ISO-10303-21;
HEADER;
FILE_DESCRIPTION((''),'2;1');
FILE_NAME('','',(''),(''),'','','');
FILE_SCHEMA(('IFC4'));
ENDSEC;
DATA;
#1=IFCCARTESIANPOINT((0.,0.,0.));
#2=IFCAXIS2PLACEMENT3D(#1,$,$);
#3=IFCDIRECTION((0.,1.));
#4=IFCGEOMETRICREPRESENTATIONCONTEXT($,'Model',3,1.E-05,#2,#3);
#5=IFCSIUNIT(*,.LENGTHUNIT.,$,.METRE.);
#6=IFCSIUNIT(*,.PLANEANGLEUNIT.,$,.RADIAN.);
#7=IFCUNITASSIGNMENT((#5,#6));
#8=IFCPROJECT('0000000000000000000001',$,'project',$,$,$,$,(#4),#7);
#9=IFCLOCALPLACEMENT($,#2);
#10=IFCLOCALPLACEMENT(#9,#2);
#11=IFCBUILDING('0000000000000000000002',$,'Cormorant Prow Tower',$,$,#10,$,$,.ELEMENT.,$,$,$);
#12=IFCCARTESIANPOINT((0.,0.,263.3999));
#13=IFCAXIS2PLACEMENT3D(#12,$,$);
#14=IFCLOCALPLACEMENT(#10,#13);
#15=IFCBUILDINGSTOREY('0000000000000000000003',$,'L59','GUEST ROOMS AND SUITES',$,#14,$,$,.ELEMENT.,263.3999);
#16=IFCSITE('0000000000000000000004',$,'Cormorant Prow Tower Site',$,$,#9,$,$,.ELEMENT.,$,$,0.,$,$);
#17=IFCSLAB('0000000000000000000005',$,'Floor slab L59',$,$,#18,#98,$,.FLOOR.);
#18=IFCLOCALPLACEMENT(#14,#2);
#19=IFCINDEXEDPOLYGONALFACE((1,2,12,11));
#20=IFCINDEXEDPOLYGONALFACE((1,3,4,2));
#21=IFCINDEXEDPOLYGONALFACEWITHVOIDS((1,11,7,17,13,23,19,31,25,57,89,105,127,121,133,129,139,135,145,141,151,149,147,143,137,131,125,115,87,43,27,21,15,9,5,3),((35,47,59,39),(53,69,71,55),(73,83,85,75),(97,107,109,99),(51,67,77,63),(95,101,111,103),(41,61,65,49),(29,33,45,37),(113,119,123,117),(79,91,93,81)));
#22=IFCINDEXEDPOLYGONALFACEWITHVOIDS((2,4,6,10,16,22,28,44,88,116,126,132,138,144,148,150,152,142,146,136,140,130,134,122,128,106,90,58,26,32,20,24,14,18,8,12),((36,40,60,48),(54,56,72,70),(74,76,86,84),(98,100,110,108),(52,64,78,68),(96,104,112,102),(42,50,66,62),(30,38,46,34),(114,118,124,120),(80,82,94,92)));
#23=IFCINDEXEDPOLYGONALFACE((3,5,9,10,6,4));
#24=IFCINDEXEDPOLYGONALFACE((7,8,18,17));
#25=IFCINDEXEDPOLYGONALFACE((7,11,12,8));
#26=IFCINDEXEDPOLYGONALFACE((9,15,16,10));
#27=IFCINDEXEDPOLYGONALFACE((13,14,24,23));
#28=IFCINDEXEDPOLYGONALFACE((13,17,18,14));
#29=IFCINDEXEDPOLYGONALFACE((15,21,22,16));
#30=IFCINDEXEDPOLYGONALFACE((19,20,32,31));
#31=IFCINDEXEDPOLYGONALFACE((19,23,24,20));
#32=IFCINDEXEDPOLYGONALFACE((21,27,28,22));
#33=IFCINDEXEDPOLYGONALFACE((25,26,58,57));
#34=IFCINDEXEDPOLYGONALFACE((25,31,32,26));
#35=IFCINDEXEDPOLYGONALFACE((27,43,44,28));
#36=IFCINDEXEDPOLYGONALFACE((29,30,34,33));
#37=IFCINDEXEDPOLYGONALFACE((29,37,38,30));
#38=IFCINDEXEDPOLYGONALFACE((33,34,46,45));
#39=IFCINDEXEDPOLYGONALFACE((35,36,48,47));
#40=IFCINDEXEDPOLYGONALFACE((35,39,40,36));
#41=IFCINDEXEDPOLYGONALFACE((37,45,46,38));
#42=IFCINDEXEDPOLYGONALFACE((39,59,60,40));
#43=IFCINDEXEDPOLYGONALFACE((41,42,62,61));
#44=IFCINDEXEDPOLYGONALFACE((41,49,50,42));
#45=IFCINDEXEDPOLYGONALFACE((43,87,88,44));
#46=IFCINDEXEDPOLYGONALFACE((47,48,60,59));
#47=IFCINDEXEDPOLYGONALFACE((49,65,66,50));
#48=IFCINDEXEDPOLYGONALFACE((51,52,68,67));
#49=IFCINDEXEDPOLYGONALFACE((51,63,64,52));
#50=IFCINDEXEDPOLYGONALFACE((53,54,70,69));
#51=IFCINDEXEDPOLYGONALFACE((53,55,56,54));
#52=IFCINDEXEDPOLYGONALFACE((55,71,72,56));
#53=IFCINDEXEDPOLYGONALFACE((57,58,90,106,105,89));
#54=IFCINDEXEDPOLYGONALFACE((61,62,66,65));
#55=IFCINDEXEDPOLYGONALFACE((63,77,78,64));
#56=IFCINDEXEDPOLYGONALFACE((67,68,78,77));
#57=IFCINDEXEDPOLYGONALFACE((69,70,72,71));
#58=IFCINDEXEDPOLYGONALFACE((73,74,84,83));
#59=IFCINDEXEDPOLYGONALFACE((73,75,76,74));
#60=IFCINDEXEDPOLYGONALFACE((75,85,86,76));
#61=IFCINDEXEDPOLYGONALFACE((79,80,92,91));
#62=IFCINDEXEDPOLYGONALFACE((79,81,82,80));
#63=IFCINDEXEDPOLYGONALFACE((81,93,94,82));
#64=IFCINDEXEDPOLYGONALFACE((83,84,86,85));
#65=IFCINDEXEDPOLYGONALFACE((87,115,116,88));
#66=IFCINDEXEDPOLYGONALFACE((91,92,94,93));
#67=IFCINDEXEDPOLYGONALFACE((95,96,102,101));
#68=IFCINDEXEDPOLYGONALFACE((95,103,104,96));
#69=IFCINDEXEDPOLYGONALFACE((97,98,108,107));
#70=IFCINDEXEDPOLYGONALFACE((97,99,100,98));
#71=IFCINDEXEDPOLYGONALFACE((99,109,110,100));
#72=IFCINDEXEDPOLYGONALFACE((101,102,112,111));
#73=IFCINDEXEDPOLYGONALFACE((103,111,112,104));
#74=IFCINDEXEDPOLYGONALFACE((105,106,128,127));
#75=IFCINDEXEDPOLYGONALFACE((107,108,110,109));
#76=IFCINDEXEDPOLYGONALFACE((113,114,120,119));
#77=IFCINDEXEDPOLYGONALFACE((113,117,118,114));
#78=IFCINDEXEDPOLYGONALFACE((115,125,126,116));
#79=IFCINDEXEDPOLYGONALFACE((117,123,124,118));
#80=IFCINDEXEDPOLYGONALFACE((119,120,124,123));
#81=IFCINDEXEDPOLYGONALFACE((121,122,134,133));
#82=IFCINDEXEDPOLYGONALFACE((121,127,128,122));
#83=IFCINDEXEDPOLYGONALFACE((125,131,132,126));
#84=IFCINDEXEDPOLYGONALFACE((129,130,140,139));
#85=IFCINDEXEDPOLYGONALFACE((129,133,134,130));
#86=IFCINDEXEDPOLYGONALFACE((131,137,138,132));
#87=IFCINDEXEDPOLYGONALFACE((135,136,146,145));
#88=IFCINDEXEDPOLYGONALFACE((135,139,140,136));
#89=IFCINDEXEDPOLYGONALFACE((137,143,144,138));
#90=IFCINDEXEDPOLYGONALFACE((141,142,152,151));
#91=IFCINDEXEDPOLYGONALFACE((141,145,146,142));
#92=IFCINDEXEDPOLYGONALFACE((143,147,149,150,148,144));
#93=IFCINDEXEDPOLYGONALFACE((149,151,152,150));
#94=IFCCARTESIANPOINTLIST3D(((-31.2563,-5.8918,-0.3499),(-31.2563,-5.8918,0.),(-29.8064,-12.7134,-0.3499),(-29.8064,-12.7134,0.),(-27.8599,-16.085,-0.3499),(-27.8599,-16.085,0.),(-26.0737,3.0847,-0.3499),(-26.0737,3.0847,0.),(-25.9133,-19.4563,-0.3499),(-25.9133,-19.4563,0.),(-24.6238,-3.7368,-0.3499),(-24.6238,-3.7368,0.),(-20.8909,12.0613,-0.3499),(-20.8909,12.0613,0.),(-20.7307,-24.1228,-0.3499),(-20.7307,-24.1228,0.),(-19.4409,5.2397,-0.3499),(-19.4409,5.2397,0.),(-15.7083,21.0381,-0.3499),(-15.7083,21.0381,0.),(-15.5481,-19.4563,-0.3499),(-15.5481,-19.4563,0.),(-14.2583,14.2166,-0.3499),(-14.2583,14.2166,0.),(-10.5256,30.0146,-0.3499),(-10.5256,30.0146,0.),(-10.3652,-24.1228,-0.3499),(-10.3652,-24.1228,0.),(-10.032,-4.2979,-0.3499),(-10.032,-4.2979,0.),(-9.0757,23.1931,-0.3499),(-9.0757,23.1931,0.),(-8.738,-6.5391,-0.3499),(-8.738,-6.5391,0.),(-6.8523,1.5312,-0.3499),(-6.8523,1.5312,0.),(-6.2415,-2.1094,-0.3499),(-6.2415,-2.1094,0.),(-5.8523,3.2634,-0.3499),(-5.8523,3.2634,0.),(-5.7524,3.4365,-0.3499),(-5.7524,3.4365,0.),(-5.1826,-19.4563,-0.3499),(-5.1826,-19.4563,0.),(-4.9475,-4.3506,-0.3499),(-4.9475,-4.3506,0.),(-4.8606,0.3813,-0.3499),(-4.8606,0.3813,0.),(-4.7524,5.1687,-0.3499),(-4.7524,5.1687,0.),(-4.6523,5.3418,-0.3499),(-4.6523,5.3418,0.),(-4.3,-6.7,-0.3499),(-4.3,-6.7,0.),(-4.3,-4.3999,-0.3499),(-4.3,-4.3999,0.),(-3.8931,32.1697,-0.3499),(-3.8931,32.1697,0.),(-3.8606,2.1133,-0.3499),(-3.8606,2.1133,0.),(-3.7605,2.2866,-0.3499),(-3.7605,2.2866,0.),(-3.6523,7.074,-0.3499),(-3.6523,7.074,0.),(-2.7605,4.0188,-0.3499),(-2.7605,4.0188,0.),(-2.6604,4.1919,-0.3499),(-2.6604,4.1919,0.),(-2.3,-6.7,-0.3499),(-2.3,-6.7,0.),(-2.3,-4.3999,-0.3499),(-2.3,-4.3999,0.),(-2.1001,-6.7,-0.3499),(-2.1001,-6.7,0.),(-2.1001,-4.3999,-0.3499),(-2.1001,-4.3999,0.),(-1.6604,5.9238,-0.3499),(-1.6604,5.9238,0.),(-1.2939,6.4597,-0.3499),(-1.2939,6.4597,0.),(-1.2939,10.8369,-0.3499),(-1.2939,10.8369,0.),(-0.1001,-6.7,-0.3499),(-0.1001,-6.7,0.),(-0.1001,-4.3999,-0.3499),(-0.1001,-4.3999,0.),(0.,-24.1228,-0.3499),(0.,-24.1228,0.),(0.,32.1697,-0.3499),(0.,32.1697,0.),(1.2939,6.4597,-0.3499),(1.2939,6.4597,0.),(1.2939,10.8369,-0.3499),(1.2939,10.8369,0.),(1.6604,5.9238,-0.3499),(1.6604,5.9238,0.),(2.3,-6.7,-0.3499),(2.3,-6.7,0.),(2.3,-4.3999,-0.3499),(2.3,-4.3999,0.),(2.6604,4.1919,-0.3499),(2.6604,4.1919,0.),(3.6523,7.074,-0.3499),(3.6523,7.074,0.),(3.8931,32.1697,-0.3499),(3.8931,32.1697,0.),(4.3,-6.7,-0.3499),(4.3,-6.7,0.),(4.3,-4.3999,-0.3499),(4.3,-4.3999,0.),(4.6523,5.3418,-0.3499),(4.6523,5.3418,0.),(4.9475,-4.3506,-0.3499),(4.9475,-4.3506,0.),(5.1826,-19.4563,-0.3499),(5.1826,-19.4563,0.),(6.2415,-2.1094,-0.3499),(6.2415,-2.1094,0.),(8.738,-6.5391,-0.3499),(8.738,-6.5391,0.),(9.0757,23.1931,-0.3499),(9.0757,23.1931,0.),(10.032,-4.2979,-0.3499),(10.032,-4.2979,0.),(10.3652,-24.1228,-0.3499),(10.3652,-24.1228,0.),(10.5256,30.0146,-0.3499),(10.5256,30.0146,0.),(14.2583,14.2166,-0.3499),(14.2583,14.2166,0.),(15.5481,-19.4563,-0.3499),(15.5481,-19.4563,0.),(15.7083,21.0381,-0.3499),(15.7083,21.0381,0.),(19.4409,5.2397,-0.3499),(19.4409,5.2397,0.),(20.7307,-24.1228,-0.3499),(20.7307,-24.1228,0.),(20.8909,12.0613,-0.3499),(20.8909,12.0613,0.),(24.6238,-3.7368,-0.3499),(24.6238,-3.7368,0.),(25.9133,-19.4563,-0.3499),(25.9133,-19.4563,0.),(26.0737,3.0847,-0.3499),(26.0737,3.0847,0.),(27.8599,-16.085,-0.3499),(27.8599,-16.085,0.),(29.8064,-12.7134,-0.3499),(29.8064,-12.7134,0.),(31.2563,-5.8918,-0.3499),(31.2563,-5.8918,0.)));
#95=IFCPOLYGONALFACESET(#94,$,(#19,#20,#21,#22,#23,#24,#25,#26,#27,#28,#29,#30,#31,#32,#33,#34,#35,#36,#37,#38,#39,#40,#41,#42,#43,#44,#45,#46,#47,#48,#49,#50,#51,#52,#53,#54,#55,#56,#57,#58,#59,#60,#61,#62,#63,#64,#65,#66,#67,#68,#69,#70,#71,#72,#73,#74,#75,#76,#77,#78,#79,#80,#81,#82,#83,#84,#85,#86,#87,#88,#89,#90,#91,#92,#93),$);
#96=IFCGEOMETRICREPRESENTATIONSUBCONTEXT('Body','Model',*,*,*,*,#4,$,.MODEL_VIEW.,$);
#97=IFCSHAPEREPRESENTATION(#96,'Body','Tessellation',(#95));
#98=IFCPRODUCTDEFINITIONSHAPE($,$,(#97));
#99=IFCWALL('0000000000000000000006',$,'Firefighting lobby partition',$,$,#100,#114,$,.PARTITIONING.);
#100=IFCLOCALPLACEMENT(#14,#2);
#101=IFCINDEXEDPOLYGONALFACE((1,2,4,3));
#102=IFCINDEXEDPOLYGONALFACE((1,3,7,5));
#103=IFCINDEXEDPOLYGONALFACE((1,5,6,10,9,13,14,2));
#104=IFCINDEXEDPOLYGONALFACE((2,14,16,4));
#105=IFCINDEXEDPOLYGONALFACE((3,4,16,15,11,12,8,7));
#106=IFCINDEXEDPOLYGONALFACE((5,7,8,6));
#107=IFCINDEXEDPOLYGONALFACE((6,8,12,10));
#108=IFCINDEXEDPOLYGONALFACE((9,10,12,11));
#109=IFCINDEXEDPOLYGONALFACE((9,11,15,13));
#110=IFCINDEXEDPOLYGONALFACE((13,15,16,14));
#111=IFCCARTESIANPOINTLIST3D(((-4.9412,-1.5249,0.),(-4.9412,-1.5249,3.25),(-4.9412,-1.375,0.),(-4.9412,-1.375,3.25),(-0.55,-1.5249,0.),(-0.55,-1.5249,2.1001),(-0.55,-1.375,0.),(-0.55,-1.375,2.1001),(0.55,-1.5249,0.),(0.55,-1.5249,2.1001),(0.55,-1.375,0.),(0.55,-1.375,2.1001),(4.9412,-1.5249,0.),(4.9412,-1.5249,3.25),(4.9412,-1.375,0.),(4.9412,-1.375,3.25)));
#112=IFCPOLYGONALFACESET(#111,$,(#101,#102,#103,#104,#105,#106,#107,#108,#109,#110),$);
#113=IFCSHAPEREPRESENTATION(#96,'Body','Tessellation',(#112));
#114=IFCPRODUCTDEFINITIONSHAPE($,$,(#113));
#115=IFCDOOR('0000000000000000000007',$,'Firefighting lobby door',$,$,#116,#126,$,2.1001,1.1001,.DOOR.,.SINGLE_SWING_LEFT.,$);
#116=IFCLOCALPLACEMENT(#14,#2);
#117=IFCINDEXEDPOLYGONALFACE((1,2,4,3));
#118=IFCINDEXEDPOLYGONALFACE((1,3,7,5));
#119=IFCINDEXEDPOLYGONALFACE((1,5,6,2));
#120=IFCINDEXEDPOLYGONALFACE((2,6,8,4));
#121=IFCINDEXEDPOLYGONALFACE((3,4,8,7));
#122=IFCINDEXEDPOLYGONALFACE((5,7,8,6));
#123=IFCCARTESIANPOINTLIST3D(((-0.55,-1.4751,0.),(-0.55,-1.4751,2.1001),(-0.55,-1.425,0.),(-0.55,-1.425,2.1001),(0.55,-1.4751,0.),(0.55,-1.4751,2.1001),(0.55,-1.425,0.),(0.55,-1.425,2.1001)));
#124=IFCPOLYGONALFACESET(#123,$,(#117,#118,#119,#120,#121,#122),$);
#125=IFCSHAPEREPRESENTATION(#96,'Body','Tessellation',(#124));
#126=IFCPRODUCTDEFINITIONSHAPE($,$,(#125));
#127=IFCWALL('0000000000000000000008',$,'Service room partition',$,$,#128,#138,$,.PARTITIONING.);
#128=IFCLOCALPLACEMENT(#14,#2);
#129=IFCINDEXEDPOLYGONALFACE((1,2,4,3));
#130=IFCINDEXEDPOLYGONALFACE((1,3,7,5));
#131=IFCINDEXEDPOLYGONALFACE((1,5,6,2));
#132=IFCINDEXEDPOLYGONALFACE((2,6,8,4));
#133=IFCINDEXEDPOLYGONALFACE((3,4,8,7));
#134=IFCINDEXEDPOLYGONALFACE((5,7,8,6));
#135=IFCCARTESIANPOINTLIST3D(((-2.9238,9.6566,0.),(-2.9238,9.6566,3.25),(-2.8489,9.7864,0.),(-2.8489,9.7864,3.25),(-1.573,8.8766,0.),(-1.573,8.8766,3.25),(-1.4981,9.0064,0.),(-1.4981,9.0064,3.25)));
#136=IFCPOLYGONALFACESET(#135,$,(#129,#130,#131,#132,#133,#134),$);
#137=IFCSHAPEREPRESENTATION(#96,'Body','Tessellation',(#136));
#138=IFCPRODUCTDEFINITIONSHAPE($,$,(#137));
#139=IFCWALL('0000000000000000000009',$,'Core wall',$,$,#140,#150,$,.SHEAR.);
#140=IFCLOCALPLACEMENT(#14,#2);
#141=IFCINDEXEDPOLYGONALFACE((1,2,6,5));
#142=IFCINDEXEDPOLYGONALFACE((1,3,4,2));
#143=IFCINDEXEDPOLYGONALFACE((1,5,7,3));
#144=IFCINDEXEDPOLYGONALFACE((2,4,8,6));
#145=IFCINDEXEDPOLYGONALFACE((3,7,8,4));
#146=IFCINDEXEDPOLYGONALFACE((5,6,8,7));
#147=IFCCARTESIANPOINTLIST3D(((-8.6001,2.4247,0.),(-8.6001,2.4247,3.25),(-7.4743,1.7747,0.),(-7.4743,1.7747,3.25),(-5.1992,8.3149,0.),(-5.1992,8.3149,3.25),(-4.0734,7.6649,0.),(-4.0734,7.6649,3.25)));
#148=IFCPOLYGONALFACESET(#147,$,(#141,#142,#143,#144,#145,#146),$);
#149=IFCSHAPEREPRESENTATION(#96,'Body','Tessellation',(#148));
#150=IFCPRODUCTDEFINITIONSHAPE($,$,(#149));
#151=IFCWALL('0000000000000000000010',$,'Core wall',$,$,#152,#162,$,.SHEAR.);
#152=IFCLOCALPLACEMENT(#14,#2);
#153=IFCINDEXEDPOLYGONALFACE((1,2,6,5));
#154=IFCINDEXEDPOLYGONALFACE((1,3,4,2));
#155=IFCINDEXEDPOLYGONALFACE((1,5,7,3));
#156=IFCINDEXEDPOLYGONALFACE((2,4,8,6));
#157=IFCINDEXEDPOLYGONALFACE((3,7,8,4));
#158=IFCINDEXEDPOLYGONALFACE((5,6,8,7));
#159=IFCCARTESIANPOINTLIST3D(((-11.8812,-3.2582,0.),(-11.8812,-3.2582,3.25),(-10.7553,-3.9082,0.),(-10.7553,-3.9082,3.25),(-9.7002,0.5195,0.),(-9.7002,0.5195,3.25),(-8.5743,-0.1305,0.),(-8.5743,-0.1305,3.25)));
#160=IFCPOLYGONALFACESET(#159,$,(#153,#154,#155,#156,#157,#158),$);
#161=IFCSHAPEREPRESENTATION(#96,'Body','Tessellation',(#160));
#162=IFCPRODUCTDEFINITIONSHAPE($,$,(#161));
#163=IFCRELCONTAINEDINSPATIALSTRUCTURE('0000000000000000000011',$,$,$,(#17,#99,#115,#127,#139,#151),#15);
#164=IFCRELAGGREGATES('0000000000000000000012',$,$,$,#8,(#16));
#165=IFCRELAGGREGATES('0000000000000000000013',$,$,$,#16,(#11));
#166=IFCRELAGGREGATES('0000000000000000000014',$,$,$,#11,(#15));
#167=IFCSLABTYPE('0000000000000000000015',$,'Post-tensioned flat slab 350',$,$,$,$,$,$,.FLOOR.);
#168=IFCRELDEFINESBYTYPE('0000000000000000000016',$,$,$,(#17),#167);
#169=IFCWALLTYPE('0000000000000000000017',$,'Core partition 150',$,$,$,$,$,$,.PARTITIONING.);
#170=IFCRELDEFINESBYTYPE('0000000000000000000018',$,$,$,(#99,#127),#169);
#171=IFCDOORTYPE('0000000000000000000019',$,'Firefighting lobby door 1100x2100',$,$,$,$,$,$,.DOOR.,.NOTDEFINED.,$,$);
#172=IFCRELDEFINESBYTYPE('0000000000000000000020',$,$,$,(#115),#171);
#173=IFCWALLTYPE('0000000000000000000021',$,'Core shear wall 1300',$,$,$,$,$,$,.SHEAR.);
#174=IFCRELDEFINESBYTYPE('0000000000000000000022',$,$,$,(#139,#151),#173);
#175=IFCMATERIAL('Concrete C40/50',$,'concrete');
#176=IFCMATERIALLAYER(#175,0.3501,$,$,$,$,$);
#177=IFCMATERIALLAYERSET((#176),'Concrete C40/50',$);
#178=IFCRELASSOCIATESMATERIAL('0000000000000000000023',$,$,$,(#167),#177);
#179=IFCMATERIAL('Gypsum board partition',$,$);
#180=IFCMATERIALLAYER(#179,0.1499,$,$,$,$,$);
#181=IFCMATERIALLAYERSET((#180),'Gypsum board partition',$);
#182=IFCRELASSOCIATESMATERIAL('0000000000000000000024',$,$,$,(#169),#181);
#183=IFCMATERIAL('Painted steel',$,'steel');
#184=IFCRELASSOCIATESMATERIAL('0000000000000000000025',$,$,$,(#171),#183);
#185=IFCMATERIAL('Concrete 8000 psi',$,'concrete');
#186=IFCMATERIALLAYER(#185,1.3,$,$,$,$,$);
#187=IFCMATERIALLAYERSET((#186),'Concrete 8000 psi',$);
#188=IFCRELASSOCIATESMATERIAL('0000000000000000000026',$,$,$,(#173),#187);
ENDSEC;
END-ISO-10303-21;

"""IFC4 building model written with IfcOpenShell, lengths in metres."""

from ifc_helpers import new_model, si_unit, direction, frame, frame_2d, origin, place, context, subcontext, project, spatial, polyline, rectangle, outline, extrude, material, layer, layer_set, type_object, element, fill, save


model = new_model("IFC4")

# Units and contexts
model_context = context("Model", 3, precision=1e-05, world=origin(), true_north=direction((0.0, 1.0)))
body_context = subcontext(model_context, "Body", "Model", "MODEL_VIEW")
ifc_project = project(units=[si_unit("LENGTHUNIT", "METRE"), si_unit("PLANEANGLEUNIT", "RADIAN")], contexts=[model_context])

# Site, building, storey
site_placement = place(None, origin())
site = spatial("IfcSite", under=ifc_project, at=site_placement, Name="Cormorant Prow Tower Site", CompositionType="ELEMENT", RefElevation=0.0)
building_placement = place(site_placement, origin())
building = spatial("IfcBuilding", under=site, at=building_placement, Name="Cormorant Prow Tower", CompositionType="ELEMENT")
storey_placement = place(building_placement, frame((0.0, 0.0, 263.3999)))
storey = spatial("IfcBuildingStorey", under=building, at=storey_placement, Name="L59", Description="GUEST ROOMS AND SUITES", CompositionType="ELEMENT", Elevation=263.3999)

# Slab
ifc_material_1 = material(Name="Concrete C40/50", Category="concrete")
ifc_layer_1 = layer(ifc_material_1, 0.3501)
ifc_layer_set_1 = layer_set([ifc_layer_1], Name="Concrete C40/50")
slab_type_1 = type_object("IfcSlabType", Name="Post-tensioned flat slab 350", PredefinedType="FLOOR", material=ifc_layer_set_1)
slab_1_placement = place(storey_placement, frame((0.0, 0.0, -0.3499)))
element("IfcSlab", 1, at=slab_1_placement, inside=storey, type_object=slab_type_1, Name="Floor slab L59", PredefinedType="FLOOR", context=body_context, shape_type="SweptSolid", body=[
    extrude(outline(polyline([(-9.0757, 23.1931), (-15.7083, 21.0381), (-14.2583, 14.2166), (-20.8909, 12.0613), (-19.4409, 5.2397), (-26.0737, 3.0847), (-24.6238, -3.7368), (-31.2563, -5.8918), (-29.8064, -12.7134), (-27.8599, -16.085), (-25.9133, -19.4563), (-20.7307, -24.1228), (-15.5481, -19.4563), (-10.3652, -24.1228), (-5.1826, -19.4563), (0.0, -24.1228), (5.1826, -19.4563), (10.3652, -24.1228), (15.5481, -19.4563), (20.7307, -24.1228), (25.9133, -19.4563), (27.8599, -16.085), (29.8064, -12.7134), (31.2563, -5.8918), (24.6238, -3.7368), (26.0737, 3.0847), (19.4409, 5.2397), (20.8909, 12.0613), (14.2583, 14.2166), (15.7083, 21.0381), (9.0757, 23.1931), (10.5256, 30.0146), (3.8931, 32.1697), (0.0, 32.1697), (-3.8931, 32.1697), (-10.5256, 30.0146), (-9.0757, 23.1931)]), holes=[polyline([(-4.3, -4.3999), (-2.3, -4.3999), (-2.3, -6.7), (-4.3, -6.7), (-4.3, -4.3999)]), polyline([(-0.1001, -4.3999), (-0.1001, -6.7), (-2.1001, -6.7), (-2.1001, -4.3999), (-0.1001, -4.3999)]), polyline([(4.3, -6.7), (2.3, -6.7), (2.3, -4.3999), (4.3, -4.3999), (4.3, -6.7)]), polyline([(4.6523, 5.3418), (2.6604, 4.1919), (1.6604, 5.9238), (3.6523, 7.074), (4.6523, 5.3418)]), polyline([(-1.6604, 5.9238), (-2.6604, 4.1919), (-4.6523, 5.3418), (-3.6523, 7.074), (-1.6604, 5.9238)]), polyline([(-3.7605, 2.2866), (-5.7524, 3.4365), (-4.7524, 5.1687), (-2.7605, 4.0188), (-3.7605, 2.2866)]), polyline([(-6.8523, 1.5312), (-5.8523, 3.2634), (-3.8606, 2.1133), (-4.8606, 0.3813), (-6.8523, 1.5312)]), polyline([(-4.9475, -4.3506), (-8.738, -6.5391), (-10.032, -4.2979), (-6.2415, -2.1094), (-4.9475, -4.3506)]), polyline([(10.032, -4.2979), (8.738, -6.5391), (4.9475, -4.3506), (6.2415, -2.1094), (10.032, -4.2979)]), polyline([(1.2939, 10.8369), (1.2939, 6.4597), (-1.2939, 6.4597), (-1.2939, 10.8369), (1.2939, 10.8369)])]), origin(), (0.0, 0.0, 1.0), 0.3499),
])

# Wall, opening, door
ifc_material_2 = material(Name="Gypsum board partition")
ifc_layer_2 = layer(ifc_material_2, 0.1499)
ifc_layer_set_2 = layer_set([ifc_layer_2], Name="Gypsum board partition")
wall_type_1 = type_object("IfcWallType", Name="Core partition 150", PredefinedType="PARTITIONING", material=ifc_layer_set_2)
wall_1_placement = place(storey_placement, frame((-4.9412, -1.45, 0.0), z_axis=(0.0, 0.0, 1.0), x_axis=(1.0, 0.0, 0.0)))
wall_1 = element("IfcWall", 2, at=wall_1_placement, inside=storey, type_object=wall_type_1, Name="Firefighting lobby partition", PredefinedType="PARTITIONING", context=body_context, shape_type="SweptSolid", body=[
    extrude(rectangle(XDim=9.8823, YDim=0.1499, at=frame_2d((4.9412, 0.0))), origin(), (0.0, 0.0, 1.0), 3.25),
])
opening_1_placement = place(wall_1_placement, frame((4.3911, 0.0, 0.0)))
opening_1 = element("IfcOpeningElement", 3, at=opening_1_placement, cuts=wall_1, PredefinedType="OPENING", context=body_context, shape_type="SweptSolid", body=[
    extrude(rectangle(XDim=1.1001, YDim=2.1001, at=frame_2d((0.55, 1.05))), frame((0.0, 0.085, 0.0), z_axis=(0.0, -1.0, 0.0), x_axis=(1.0, 0.0, 0.0)), (0.0, 0.0, 1.0), 0.1699),
])
ifc_material_3 = material(Name="Painted steel", Category="steel")
door_type_1 = type_object("IfcDoorType", Name="Firefighting lobby door 1100x2100", OperationType="NOTDEFINED", PredefinedType="DOOR", material=ifc_material_3)
door_1_placement = place(opening_1_placement, origin())
door_1 = element("IfcDoor", 4, at=door_1_placement, inside=storey, type_object=door_type_1, Name="Firefighting lobby door", OperationType="SINGLE_SWING_LEFT", OverallHeight=2.1001, OverallWidth=1.1001, PredefinedType="DOOR", context=body_context, shape_type="SweptSolid", body=[
    extrude(rectangle(XDim=1.1001, YDim=2.1001, at=frame_2d((0.55, 1.05))), frame((0.0, 0.0249, 0.0), z_axis=(0.0, -1.0, 0.0), x_axis=(1.0, 0.0, 0.0)), (0.0, 0.0, 1.0), 0.05),
])
fill(opening_1, door_1)

# Walls
wall_2_placement = place(storey_placement, frame((-2.8862, 9.7214, 0.0), z_axis=(0.0, 0.0, 1.0), x_axis=(0.86599, -0.500061, 0.0)))
element("IfcWall", 5, at=wall_2_placement, inside=storey, type_object=wall_type_1, Name="Service room partition", PredefinedType="PARTITIONING", context=body_context, shape_type="SweptSolid", body=[
    extrude(rectangle(XDim=1.5598, YDim=0.1499, at=frame_2d((0.7798, 0.0))), origin(), (0.0, 0.0, 1.0), 3.25),
])
ifc_material_4 = material(Name="Concrete 8000 psi", Category="concrete")
ifc_layer_3 = layer(ifc_material_4, 1.3)
ifc_layer_set_3 = layer_set([ifc_layer_3], Name="Concrete 8000 psi")
wall_type_2 = type_object("IfcWallType", Name="Core shear wall 1300", PredefinedType="SHEAR", material=ifc_layer_set_3)
wall_3_placement = place(storey_placement, frame((-4.6362, 7.99, 0.0), z_axis=(0.0, 0.0, 1.0), x_axis=(-0.500023, -0.866012, 0.0)))
element("IfcWall", 6, at=wall_3_placement, inside=storey, type_object=wall_type_2, Name="Core wall", PredefinedType="SHEAR", context=body_context, shape_type="SweptSolid", body=[
    extrude(rectangle(XDim=6.8015, YDim=1.3, at=frame_2d((3.4009, 0.0))), origin(), (0.0, 0.0, 1.0), 3.25),
])
wall_4_placement = place(storey_placement, frame((-9.1372, 0.1946, 0.0), z_axis=(0.0, 0.0, 1.0), x_axis=(-0.499986, -0.866034, 0.0)))
element("IfcWall", 7, at=wall_4_placement, inside=storey, type_object=wall_type_2, Name="Core wall", PredefinedType="SHEAR", context=body_context, shape_type="SweptSolid", body=[
    extrude(rectangle(XDim=4.3621, YDim=1.3, at=frame_2d((2.1812, 0.0))), origin(), (0.0, 0.0, 1.0), 3.25),
])

save(model, "model.ifc")
